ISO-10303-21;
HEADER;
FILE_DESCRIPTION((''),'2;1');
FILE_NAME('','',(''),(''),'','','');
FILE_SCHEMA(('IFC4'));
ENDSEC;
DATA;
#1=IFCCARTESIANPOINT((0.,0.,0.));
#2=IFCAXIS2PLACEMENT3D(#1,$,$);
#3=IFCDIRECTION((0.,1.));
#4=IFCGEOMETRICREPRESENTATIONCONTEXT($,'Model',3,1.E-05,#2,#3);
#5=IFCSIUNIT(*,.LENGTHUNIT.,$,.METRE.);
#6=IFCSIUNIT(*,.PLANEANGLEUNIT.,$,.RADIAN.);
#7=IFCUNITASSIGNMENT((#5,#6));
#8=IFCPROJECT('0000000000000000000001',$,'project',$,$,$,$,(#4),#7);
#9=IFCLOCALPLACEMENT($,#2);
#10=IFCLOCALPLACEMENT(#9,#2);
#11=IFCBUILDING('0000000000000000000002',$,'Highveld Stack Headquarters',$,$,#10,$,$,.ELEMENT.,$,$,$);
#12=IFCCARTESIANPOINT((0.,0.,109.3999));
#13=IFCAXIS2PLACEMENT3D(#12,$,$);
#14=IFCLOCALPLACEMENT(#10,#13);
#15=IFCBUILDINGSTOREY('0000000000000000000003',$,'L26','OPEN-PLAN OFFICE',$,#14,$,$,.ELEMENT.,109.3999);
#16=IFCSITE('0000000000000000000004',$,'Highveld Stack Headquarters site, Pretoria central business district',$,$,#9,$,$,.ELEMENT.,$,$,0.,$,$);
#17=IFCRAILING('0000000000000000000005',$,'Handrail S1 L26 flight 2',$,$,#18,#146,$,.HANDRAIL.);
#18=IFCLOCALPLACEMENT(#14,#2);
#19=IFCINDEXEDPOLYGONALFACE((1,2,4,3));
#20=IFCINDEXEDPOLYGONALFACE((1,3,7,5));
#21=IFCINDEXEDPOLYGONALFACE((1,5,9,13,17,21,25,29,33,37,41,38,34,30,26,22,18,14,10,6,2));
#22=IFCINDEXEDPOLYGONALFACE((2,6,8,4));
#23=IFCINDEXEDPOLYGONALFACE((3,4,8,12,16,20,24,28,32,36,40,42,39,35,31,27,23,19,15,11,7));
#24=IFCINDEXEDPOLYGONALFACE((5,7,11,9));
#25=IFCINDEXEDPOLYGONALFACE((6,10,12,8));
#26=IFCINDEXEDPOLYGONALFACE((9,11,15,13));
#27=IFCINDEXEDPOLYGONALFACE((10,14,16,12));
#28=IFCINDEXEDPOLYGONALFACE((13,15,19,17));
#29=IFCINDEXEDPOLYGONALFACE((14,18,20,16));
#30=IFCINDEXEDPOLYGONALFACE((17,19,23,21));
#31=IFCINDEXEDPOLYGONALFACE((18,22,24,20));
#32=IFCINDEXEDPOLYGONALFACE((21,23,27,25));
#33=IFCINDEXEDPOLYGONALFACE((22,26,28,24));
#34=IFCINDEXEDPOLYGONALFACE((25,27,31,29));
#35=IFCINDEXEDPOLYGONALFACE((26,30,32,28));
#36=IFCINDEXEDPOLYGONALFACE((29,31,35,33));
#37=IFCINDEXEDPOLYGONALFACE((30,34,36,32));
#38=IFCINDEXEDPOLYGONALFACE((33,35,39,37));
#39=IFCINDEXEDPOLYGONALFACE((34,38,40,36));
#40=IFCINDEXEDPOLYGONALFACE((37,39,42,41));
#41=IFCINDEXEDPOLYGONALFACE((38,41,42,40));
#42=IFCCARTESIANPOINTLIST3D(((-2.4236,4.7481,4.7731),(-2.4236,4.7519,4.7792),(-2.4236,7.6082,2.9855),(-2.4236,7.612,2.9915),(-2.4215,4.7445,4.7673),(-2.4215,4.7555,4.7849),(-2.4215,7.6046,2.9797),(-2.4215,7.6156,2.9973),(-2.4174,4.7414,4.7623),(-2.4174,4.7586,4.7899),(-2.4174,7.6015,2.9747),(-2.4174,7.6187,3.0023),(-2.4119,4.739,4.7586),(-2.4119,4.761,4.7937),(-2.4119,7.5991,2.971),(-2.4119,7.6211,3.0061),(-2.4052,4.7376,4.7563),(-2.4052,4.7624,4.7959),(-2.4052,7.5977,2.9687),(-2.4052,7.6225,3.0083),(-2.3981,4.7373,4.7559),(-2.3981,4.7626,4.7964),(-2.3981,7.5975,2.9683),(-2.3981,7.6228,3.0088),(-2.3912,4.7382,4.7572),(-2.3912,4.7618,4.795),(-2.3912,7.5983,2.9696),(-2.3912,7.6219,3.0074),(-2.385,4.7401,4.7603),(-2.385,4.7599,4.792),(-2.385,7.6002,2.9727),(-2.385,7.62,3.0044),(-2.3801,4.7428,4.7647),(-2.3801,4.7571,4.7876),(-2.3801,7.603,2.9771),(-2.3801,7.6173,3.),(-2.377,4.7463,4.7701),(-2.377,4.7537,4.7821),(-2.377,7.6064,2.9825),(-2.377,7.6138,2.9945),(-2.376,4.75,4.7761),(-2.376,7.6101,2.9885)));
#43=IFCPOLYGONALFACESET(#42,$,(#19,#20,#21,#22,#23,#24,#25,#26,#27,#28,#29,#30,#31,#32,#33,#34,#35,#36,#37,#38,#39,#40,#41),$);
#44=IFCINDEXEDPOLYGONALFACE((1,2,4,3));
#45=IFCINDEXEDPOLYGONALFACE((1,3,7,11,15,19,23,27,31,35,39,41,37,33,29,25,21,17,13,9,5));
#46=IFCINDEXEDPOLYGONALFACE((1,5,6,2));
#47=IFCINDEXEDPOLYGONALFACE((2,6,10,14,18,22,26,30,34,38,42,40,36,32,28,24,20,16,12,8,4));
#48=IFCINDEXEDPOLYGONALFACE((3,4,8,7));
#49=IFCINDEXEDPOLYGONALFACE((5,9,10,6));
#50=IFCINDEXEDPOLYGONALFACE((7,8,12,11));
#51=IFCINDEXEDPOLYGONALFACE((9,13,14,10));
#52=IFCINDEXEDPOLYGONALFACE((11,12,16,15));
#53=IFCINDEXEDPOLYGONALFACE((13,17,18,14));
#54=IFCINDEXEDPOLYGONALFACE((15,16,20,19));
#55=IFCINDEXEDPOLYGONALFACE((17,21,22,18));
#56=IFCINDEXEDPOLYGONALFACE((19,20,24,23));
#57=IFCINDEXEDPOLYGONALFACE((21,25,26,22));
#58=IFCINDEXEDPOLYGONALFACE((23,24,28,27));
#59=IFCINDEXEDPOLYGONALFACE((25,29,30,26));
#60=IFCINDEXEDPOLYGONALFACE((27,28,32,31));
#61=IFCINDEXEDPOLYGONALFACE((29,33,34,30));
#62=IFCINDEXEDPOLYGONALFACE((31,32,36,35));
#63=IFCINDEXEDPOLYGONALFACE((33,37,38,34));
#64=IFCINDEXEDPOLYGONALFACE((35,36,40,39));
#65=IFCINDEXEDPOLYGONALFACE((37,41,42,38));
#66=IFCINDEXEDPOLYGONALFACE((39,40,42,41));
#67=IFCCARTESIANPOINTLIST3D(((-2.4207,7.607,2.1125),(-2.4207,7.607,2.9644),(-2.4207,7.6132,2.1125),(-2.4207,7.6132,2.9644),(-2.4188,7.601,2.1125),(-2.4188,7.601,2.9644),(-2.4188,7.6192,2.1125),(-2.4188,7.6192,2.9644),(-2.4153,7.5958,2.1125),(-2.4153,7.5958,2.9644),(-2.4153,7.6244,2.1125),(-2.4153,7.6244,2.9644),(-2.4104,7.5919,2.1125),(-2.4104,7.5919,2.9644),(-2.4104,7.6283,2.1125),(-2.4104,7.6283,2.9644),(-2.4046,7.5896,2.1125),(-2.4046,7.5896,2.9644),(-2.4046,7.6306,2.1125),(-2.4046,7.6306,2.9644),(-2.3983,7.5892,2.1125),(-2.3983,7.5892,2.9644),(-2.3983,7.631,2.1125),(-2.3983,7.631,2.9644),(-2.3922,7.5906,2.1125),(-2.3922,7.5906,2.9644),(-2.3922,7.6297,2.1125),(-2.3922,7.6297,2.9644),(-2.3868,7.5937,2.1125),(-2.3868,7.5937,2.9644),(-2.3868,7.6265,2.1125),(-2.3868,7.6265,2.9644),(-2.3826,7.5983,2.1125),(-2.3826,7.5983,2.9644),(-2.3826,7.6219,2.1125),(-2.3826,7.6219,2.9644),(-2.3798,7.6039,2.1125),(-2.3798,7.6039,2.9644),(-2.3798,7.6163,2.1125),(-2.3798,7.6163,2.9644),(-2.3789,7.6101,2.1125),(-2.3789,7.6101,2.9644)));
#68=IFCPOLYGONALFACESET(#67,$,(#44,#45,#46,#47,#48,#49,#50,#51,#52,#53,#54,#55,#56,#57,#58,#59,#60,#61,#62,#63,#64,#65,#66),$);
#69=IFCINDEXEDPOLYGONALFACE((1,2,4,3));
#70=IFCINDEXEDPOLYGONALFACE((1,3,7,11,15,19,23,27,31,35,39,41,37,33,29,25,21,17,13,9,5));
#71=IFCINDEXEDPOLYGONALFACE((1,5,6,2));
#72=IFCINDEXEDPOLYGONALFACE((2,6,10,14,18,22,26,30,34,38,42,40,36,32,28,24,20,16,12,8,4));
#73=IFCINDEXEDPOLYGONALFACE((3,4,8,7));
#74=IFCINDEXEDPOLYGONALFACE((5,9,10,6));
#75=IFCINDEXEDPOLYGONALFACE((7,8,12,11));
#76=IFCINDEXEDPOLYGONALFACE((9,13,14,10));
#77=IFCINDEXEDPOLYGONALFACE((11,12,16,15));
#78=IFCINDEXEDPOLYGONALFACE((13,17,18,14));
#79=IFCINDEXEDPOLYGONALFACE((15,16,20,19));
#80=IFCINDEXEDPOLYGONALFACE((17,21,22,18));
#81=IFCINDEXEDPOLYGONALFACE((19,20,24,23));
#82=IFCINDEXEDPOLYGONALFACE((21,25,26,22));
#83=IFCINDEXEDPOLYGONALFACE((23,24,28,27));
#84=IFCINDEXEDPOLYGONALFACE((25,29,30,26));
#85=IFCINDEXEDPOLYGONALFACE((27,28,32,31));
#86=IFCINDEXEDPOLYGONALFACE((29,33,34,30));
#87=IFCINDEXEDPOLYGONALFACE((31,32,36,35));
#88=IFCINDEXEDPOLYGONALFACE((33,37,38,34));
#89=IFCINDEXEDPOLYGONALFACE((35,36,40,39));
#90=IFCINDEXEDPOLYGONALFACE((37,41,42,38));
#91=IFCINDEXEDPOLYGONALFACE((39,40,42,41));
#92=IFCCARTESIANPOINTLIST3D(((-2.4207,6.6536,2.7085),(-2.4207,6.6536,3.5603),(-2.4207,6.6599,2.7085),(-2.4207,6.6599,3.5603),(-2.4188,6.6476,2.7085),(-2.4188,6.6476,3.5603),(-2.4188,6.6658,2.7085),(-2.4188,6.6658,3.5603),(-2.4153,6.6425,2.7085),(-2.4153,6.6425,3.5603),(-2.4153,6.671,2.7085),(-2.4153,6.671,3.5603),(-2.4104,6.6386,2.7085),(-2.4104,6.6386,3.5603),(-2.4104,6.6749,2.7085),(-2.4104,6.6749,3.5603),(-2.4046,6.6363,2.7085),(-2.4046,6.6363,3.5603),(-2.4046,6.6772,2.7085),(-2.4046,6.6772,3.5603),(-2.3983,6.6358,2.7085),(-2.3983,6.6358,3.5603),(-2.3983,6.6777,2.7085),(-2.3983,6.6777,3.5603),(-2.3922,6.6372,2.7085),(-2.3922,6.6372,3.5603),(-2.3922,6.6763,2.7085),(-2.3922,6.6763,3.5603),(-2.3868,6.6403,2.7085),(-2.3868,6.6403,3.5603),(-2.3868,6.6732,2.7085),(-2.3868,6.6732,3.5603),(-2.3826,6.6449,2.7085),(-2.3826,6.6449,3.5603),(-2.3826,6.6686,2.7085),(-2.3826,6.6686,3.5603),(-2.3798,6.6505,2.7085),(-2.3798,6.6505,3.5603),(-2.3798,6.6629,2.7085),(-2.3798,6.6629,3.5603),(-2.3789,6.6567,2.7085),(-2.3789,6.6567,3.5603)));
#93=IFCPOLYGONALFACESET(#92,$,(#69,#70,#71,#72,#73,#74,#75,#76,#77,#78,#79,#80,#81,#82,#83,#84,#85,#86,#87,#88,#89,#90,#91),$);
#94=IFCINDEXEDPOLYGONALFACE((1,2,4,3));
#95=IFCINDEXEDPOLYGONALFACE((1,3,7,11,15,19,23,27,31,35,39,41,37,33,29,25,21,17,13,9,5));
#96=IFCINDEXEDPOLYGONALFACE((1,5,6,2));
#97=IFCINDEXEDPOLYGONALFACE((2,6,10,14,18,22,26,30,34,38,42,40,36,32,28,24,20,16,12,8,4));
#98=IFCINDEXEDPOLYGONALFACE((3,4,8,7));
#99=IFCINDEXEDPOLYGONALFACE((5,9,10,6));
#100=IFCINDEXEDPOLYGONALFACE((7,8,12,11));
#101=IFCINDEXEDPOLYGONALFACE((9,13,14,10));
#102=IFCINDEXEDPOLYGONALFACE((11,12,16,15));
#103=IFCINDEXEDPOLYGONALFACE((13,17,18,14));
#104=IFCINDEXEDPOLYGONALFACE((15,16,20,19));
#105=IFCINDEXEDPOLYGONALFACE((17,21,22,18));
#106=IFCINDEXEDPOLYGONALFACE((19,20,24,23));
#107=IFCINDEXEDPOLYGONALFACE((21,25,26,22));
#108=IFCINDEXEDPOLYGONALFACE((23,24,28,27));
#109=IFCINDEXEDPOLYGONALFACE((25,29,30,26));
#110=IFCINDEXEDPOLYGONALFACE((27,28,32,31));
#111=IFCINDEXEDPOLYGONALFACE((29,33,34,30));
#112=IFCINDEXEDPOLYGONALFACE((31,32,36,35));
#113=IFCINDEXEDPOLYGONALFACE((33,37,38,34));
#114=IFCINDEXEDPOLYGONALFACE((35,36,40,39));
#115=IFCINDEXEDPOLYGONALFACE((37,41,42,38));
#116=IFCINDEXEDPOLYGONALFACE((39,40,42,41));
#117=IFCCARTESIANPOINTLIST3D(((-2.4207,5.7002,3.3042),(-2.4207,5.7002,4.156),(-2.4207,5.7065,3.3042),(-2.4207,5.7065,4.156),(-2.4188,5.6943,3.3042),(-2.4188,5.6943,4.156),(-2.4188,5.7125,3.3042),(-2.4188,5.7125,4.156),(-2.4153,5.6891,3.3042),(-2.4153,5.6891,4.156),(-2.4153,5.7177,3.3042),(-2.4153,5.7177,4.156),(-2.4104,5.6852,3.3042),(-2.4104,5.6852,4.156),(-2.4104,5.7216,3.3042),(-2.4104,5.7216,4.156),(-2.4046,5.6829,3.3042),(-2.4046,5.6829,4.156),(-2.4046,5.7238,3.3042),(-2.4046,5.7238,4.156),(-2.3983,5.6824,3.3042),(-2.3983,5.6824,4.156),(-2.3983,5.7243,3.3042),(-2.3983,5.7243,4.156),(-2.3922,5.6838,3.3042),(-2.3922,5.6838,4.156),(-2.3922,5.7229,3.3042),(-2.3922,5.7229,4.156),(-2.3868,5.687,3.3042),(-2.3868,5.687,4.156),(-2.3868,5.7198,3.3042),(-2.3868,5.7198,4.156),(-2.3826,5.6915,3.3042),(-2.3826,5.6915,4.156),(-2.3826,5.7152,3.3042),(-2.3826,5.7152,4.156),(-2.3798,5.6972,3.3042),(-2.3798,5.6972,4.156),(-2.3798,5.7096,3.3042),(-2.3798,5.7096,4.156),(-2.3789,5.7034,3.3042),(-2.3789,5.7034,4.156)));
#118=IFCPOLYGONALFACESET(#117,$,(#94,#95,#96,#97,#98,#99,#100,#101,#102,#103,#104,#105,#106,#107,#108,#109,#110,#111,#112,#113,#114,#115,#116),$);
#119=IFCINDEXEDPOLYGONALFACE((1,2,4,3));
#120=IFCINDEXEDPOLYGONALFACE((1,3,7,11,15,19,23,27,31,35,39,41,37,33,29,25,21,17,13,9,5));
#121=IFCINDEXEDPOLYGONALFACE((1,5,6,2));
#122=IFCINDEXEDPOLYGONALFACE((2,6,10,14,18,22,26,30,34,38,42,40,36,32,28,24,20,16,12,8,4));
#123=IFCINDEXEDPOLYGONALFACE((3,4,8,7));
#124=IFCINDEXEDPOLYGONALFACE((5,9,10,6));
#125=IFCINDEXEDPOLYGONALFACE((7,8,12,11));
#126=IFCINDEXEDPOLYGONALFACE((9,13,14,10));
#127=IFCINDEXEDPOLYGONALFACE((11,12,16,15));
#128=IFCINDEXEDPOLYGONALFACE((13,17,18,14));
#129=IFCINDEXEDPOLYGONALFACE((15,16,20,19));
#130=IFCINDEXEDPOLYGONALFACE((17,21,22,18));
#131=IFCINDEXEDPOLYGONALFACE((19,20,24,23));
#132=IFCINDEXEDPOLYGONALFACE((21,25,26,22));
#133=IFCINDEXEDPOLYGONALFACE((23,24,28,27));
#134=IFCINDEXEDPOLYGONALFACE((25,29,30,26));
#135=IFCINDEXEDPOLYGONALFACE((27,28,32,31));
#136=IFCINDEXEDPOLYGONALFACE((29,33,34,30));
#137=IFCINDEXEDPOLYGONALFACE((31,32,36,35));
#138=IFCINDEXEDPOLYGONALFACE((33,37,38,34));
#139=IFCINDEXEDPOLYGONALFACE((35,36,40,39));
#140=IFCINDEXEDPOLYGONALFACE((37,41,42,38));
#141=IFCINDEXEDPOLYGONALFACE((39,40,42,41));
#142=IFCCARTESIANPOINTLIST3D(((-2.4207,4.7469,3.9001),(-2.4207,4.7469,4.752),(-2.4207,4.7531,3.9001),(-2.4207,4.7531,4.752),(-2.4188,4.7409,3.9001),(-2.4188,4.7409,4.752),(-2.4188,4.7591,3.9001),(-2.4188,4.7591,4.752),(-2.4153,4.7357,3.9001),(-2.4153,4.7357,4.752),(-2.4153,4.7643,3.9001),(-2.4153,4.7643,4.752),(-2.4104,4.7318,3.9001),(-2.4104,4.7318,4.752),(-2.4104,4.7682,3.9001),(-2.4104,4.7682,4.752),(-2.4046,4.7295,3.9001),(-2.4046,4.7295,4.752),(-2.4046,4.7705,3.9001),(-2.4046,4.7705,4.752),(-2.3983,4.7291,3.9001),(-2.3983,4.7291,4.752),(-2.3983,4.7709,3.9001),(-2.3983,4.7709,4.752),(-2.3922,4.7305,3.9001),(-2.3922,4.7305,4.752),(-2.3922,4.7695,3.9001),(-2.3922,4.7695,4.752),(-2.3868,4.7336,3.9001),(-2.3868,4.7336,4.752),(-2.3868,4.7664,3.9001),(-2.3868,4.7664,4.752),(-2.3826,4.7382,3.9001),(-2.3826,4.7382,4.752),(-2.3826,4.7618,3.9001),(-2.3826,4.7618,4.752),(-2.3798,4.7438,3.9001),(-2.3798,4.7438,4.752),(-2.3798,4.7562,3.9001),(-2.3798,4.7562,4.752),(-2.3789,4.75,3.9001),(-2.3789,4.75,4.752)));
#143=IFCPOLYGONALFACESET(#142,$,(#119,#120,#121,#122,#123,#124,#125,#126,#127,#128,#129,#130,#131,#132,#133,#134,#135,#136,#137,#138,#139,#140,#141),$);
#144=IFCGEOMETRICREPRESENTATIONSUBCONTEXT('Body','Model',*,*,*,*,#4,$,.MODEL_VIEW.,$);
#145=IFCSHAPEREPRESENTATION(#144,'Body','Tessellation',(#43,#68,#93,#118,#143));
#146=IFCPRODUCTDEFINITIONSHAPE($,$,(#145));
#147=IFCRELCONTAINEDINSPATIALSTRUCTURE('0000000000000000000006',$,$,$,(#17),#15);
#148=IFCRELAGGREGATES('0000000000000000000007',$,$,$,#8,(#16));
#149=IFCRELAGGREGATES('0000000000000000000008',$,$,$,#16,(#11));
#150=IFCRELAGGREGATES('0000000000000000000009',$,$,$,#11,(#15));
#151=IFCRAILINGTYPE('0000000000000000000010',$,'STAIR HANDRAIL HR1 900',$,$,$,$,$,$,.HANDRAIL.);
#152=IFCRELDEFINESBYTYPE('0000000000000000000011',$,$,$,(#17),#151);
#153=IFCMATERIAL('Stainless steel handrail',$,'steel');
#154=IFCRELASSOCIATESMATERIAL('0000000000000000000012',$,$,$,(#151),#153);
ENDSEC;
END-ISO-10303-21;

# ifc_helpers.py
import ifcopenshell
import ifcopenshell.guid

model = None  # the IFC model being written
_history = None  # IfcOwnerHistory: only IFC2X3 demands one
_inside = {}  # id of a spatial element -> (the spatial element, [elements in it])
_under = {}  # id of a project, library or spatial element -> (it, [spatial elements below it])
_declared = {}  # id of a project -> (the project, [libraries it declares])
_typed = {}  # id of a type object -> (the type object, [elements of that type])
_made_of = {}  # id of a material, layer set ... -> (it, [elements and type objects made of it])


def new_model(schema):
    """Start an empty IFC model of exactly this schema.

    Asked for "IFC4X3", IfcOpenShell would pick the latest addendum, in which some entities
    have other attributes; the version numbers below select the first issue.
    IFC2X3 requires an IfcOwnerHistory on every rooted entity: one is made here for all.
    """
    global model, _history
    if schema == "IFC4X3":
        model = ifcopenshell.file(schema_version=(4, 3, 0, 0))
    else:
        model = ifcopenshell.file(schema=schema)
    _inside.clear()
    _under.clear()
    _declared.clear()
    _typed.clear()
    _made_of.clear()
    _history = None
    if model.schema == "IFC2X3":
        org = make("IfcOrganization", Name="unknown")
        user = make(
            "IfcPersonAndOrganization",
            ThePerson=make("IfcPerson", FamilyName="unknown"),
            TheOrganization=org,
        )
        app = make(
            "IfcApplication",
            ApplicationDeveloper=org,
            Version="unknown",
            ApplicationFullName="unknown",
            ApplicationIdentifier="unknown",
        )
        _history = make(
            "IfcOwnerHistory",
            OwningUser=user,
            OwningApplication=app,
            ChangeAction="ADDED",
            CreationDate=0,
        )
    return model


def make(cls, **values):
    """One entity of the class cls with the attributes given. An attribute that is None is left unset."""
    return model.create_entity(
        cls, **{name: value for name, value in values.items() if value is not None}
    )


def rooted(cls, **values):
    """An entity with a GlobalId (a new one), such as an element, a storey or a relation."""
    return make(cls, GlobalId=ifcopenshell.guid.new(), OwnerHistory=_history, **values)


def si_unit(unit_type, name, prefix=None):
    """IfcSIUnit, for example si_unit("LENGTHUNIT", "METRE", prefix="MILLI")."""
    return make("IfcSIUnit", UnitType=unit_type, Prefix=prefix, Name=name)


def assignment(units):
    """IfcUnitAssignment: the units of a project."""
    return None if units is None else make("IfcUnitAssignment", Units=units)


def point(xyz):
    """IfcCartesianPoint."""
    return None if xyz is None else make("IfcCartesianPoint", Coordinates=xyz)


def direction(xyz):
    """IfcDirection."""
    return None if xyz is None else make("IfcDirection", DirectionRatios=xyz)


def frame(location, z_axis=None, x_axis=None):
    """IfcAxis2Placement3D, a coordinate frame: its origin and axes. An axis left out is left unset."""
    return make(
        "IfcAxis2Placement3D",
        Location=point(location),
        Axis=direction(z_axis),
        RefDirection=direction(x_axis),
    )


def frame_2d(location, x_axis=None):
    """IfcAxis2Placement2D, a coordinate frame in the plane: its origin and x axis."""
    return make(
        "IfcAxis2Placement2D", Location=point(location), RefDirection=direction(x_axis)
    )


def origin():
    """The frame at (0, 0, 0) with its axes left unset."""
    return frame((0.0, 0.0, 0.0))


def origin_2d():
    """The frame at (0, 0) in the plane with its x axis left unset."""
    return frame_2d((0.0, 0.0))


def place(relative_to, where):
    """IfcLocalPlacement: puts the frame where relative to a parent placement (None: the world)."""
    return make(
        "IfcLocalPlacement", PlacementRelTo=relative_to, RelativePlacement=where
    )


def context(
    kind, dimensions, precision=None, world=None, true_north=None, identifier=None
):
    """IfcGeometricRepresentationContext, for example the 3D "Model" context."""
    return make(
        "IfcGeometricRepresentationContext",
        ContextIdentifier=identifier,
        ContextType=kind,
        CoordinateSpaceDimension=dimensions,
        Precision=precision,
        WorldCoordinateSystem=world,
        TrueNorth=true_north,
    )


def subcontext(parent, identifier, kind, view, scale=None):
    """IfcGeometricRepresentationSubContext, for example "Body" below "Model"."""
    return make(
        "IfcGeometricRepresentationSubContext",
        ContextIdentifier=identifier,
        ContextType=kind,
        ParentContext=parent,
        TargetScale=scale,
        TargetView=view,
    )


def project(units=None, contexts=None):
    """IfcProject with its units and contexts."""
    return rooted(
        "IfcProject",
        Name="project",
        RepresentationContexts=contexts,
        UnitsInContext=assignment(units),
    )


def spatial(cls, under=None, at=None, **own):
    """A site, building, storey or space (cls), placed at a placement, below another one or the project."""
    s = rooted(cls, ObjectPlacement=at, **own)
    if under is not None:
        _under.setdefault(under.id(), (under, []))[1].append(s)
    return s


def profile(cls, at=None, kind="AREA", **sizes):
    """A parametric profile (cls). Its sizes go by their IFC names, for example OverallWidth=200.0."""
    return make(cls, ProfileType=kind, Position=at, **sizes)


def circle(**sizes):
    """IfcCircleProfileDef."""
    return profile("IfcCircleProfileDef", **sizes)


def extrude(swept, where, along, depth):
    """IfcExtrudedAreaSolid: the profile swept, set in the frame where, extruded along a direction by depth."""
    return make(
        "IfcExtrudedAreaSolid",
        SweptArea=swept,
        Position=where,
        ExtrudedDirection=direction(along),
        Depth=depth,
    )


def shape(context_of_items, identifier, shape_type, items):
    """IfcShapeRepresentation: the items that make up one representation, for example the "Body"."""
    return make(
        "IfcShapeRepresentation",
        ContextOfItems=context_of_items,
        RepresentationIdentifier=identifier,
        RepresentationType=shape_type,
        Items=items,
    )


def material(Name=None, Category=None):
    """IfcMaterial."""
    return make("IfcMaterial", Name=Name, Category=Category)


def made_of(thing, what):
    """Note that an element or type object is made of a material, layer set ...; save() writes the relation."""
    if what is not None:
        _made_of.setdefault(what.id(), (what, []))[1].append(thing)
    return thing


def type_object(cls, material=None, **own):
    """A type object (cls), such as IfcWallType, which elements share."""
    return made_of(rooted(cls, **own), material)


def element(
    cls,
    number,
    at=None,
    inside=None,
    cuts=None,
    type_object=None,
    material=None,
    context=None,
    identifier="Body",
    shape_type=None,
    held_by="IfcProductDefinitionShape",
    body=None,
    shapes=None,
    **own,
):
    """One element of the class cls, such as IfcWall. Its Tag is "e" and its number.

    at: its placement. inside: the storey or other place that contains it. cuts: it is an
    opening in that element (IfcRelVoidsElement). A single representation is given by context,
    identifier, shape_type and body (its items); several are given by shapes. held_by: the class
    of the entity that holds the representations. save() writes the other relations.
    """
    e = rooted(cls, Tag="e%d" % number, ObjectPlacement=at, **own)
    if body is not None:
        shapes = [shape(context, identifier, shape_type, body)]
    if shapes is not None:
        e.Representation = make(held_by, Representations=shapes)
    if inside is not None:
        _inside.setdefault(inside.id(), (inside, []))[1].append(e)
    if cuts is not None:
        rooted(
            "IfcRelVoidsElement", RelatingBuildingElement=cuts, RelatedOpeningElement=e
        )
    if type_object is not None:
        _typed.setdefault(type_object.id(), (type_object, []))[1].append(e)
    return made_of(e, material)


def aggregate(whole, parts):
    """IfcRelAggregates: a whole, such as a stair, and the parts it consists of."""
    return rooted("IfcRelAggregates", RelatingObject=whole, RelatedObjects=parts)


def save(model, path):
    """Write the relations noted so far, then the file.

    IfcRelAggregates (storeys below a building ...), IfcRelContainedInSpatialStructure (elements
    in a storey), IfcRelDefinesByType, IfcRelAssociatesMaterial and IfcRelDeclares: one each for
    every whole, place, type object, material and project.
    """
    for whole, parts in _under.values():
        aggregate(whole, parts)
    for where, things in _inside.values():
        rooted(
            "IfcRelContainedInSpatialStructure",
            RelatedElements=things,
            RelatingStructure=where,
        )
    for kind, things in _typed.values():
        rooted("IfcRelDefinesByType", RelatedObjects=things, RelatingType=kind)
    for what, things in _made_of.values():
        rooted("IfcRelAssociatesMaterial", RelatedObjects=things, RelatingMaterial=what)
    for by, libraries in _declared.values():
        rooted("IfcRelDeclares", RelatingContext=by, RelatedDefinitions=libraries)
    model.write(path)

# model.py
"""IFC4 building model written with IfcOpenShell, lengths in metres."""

from ifc_helpers import new_model, si_unit, direction, frame, origin, origin_2d, place, context, subcontext, project, spatial, circle, extrude, material, type_object, element, save


model = new_model("IFC4")

# Units and contexts
model_context = context("Model", 3, precision=1e-05, world=origin(), true_north=direction((0.0, 1.0)))
body_context = subcontext(model_context, "Body", "Model", "MODEL_VIEW")
ifc_project = project(units=[si_unit("LENGTHUNIT", "METRE"), si_unit("PLANEANGLEUNIT", "RADIAN")], contexts=[model_context])

# Site, building, storey
site_placement = place(None, origin())
site = spatial("IfcSite", under=ifc_project, at=site_placement, Name="Highveld Stack Headquarters site, Pretoria central business district", CompositionType="ELEMENT", RefElevation=0.0)
building_placement = place(site_placement, origin())
building = spatial("IfcBuilding", under=site, at=building_placement, Name="Highveld Stack Headquarters", CompositionType="ELEMENT")
storey_placement = place(building_placement, frame((0.0, 0.0, 109.3999)))
storey = spatial("IfcBuildingStorey", under=building, at=storey_placement, Name="L26", Description="OPEN-PLAN OFFICE", CompositionType="ELEMENT", Elevation=109.3999)

# Railing
ifc_material_1 = material(Name="Stainless steel handrail", Category="steel")
railing_type = type_object("IfcRailingType", Name="STAIR HANDRAIL HR1 900", PredefinedType="HANDRAIL", material=ifc_material_1)
for number, where, name in (
    (1, (-2.3999, 7.6101, 2.1125), "Handrail S1 L26 flight 2"),
):
    element("IfcRailing", number, at=place(storey_placement, frame(where)), inside=storey, type_object=railing_type, Name=name, PredefinedType="HANDRAIL", context=body_context, shape_type="SweptSolid", body=[
        extrude(circle(Radius=0.0239, at=origin_2d()), frame((0.0, 0.0, 0.876), z_axis=(0.0, -0.847994, 0.530005), x_axis=(1.0, 0.0, 0.0)), (0.0, 0.0, 1.0), 3.3728),
        extrude(circle(Radius=0.021, at=origin_2d()), origin(), (0.0, 0.0, 1.0), 0.8518),
        extrude(circle(Radius=0.021, at=origin_2d()), frame((0.0, -0.9534, 0.5959)), (0.0, 0.0, 1.0), 0.8518),
        extrude(circle(Radius=0.021, at=origin_2d()), frame((0.0, -1.9067, 1.1917)), (0.0, 0.0, 1.0), 0.8518),
        extrude(circle(Radius=0.021, at=origin_2d()), frame((0.0, -2.8601, 1.7876)), (0.0, 0.0, 1.0), 0.8518),
    ])

save(model, "model.ifc")
